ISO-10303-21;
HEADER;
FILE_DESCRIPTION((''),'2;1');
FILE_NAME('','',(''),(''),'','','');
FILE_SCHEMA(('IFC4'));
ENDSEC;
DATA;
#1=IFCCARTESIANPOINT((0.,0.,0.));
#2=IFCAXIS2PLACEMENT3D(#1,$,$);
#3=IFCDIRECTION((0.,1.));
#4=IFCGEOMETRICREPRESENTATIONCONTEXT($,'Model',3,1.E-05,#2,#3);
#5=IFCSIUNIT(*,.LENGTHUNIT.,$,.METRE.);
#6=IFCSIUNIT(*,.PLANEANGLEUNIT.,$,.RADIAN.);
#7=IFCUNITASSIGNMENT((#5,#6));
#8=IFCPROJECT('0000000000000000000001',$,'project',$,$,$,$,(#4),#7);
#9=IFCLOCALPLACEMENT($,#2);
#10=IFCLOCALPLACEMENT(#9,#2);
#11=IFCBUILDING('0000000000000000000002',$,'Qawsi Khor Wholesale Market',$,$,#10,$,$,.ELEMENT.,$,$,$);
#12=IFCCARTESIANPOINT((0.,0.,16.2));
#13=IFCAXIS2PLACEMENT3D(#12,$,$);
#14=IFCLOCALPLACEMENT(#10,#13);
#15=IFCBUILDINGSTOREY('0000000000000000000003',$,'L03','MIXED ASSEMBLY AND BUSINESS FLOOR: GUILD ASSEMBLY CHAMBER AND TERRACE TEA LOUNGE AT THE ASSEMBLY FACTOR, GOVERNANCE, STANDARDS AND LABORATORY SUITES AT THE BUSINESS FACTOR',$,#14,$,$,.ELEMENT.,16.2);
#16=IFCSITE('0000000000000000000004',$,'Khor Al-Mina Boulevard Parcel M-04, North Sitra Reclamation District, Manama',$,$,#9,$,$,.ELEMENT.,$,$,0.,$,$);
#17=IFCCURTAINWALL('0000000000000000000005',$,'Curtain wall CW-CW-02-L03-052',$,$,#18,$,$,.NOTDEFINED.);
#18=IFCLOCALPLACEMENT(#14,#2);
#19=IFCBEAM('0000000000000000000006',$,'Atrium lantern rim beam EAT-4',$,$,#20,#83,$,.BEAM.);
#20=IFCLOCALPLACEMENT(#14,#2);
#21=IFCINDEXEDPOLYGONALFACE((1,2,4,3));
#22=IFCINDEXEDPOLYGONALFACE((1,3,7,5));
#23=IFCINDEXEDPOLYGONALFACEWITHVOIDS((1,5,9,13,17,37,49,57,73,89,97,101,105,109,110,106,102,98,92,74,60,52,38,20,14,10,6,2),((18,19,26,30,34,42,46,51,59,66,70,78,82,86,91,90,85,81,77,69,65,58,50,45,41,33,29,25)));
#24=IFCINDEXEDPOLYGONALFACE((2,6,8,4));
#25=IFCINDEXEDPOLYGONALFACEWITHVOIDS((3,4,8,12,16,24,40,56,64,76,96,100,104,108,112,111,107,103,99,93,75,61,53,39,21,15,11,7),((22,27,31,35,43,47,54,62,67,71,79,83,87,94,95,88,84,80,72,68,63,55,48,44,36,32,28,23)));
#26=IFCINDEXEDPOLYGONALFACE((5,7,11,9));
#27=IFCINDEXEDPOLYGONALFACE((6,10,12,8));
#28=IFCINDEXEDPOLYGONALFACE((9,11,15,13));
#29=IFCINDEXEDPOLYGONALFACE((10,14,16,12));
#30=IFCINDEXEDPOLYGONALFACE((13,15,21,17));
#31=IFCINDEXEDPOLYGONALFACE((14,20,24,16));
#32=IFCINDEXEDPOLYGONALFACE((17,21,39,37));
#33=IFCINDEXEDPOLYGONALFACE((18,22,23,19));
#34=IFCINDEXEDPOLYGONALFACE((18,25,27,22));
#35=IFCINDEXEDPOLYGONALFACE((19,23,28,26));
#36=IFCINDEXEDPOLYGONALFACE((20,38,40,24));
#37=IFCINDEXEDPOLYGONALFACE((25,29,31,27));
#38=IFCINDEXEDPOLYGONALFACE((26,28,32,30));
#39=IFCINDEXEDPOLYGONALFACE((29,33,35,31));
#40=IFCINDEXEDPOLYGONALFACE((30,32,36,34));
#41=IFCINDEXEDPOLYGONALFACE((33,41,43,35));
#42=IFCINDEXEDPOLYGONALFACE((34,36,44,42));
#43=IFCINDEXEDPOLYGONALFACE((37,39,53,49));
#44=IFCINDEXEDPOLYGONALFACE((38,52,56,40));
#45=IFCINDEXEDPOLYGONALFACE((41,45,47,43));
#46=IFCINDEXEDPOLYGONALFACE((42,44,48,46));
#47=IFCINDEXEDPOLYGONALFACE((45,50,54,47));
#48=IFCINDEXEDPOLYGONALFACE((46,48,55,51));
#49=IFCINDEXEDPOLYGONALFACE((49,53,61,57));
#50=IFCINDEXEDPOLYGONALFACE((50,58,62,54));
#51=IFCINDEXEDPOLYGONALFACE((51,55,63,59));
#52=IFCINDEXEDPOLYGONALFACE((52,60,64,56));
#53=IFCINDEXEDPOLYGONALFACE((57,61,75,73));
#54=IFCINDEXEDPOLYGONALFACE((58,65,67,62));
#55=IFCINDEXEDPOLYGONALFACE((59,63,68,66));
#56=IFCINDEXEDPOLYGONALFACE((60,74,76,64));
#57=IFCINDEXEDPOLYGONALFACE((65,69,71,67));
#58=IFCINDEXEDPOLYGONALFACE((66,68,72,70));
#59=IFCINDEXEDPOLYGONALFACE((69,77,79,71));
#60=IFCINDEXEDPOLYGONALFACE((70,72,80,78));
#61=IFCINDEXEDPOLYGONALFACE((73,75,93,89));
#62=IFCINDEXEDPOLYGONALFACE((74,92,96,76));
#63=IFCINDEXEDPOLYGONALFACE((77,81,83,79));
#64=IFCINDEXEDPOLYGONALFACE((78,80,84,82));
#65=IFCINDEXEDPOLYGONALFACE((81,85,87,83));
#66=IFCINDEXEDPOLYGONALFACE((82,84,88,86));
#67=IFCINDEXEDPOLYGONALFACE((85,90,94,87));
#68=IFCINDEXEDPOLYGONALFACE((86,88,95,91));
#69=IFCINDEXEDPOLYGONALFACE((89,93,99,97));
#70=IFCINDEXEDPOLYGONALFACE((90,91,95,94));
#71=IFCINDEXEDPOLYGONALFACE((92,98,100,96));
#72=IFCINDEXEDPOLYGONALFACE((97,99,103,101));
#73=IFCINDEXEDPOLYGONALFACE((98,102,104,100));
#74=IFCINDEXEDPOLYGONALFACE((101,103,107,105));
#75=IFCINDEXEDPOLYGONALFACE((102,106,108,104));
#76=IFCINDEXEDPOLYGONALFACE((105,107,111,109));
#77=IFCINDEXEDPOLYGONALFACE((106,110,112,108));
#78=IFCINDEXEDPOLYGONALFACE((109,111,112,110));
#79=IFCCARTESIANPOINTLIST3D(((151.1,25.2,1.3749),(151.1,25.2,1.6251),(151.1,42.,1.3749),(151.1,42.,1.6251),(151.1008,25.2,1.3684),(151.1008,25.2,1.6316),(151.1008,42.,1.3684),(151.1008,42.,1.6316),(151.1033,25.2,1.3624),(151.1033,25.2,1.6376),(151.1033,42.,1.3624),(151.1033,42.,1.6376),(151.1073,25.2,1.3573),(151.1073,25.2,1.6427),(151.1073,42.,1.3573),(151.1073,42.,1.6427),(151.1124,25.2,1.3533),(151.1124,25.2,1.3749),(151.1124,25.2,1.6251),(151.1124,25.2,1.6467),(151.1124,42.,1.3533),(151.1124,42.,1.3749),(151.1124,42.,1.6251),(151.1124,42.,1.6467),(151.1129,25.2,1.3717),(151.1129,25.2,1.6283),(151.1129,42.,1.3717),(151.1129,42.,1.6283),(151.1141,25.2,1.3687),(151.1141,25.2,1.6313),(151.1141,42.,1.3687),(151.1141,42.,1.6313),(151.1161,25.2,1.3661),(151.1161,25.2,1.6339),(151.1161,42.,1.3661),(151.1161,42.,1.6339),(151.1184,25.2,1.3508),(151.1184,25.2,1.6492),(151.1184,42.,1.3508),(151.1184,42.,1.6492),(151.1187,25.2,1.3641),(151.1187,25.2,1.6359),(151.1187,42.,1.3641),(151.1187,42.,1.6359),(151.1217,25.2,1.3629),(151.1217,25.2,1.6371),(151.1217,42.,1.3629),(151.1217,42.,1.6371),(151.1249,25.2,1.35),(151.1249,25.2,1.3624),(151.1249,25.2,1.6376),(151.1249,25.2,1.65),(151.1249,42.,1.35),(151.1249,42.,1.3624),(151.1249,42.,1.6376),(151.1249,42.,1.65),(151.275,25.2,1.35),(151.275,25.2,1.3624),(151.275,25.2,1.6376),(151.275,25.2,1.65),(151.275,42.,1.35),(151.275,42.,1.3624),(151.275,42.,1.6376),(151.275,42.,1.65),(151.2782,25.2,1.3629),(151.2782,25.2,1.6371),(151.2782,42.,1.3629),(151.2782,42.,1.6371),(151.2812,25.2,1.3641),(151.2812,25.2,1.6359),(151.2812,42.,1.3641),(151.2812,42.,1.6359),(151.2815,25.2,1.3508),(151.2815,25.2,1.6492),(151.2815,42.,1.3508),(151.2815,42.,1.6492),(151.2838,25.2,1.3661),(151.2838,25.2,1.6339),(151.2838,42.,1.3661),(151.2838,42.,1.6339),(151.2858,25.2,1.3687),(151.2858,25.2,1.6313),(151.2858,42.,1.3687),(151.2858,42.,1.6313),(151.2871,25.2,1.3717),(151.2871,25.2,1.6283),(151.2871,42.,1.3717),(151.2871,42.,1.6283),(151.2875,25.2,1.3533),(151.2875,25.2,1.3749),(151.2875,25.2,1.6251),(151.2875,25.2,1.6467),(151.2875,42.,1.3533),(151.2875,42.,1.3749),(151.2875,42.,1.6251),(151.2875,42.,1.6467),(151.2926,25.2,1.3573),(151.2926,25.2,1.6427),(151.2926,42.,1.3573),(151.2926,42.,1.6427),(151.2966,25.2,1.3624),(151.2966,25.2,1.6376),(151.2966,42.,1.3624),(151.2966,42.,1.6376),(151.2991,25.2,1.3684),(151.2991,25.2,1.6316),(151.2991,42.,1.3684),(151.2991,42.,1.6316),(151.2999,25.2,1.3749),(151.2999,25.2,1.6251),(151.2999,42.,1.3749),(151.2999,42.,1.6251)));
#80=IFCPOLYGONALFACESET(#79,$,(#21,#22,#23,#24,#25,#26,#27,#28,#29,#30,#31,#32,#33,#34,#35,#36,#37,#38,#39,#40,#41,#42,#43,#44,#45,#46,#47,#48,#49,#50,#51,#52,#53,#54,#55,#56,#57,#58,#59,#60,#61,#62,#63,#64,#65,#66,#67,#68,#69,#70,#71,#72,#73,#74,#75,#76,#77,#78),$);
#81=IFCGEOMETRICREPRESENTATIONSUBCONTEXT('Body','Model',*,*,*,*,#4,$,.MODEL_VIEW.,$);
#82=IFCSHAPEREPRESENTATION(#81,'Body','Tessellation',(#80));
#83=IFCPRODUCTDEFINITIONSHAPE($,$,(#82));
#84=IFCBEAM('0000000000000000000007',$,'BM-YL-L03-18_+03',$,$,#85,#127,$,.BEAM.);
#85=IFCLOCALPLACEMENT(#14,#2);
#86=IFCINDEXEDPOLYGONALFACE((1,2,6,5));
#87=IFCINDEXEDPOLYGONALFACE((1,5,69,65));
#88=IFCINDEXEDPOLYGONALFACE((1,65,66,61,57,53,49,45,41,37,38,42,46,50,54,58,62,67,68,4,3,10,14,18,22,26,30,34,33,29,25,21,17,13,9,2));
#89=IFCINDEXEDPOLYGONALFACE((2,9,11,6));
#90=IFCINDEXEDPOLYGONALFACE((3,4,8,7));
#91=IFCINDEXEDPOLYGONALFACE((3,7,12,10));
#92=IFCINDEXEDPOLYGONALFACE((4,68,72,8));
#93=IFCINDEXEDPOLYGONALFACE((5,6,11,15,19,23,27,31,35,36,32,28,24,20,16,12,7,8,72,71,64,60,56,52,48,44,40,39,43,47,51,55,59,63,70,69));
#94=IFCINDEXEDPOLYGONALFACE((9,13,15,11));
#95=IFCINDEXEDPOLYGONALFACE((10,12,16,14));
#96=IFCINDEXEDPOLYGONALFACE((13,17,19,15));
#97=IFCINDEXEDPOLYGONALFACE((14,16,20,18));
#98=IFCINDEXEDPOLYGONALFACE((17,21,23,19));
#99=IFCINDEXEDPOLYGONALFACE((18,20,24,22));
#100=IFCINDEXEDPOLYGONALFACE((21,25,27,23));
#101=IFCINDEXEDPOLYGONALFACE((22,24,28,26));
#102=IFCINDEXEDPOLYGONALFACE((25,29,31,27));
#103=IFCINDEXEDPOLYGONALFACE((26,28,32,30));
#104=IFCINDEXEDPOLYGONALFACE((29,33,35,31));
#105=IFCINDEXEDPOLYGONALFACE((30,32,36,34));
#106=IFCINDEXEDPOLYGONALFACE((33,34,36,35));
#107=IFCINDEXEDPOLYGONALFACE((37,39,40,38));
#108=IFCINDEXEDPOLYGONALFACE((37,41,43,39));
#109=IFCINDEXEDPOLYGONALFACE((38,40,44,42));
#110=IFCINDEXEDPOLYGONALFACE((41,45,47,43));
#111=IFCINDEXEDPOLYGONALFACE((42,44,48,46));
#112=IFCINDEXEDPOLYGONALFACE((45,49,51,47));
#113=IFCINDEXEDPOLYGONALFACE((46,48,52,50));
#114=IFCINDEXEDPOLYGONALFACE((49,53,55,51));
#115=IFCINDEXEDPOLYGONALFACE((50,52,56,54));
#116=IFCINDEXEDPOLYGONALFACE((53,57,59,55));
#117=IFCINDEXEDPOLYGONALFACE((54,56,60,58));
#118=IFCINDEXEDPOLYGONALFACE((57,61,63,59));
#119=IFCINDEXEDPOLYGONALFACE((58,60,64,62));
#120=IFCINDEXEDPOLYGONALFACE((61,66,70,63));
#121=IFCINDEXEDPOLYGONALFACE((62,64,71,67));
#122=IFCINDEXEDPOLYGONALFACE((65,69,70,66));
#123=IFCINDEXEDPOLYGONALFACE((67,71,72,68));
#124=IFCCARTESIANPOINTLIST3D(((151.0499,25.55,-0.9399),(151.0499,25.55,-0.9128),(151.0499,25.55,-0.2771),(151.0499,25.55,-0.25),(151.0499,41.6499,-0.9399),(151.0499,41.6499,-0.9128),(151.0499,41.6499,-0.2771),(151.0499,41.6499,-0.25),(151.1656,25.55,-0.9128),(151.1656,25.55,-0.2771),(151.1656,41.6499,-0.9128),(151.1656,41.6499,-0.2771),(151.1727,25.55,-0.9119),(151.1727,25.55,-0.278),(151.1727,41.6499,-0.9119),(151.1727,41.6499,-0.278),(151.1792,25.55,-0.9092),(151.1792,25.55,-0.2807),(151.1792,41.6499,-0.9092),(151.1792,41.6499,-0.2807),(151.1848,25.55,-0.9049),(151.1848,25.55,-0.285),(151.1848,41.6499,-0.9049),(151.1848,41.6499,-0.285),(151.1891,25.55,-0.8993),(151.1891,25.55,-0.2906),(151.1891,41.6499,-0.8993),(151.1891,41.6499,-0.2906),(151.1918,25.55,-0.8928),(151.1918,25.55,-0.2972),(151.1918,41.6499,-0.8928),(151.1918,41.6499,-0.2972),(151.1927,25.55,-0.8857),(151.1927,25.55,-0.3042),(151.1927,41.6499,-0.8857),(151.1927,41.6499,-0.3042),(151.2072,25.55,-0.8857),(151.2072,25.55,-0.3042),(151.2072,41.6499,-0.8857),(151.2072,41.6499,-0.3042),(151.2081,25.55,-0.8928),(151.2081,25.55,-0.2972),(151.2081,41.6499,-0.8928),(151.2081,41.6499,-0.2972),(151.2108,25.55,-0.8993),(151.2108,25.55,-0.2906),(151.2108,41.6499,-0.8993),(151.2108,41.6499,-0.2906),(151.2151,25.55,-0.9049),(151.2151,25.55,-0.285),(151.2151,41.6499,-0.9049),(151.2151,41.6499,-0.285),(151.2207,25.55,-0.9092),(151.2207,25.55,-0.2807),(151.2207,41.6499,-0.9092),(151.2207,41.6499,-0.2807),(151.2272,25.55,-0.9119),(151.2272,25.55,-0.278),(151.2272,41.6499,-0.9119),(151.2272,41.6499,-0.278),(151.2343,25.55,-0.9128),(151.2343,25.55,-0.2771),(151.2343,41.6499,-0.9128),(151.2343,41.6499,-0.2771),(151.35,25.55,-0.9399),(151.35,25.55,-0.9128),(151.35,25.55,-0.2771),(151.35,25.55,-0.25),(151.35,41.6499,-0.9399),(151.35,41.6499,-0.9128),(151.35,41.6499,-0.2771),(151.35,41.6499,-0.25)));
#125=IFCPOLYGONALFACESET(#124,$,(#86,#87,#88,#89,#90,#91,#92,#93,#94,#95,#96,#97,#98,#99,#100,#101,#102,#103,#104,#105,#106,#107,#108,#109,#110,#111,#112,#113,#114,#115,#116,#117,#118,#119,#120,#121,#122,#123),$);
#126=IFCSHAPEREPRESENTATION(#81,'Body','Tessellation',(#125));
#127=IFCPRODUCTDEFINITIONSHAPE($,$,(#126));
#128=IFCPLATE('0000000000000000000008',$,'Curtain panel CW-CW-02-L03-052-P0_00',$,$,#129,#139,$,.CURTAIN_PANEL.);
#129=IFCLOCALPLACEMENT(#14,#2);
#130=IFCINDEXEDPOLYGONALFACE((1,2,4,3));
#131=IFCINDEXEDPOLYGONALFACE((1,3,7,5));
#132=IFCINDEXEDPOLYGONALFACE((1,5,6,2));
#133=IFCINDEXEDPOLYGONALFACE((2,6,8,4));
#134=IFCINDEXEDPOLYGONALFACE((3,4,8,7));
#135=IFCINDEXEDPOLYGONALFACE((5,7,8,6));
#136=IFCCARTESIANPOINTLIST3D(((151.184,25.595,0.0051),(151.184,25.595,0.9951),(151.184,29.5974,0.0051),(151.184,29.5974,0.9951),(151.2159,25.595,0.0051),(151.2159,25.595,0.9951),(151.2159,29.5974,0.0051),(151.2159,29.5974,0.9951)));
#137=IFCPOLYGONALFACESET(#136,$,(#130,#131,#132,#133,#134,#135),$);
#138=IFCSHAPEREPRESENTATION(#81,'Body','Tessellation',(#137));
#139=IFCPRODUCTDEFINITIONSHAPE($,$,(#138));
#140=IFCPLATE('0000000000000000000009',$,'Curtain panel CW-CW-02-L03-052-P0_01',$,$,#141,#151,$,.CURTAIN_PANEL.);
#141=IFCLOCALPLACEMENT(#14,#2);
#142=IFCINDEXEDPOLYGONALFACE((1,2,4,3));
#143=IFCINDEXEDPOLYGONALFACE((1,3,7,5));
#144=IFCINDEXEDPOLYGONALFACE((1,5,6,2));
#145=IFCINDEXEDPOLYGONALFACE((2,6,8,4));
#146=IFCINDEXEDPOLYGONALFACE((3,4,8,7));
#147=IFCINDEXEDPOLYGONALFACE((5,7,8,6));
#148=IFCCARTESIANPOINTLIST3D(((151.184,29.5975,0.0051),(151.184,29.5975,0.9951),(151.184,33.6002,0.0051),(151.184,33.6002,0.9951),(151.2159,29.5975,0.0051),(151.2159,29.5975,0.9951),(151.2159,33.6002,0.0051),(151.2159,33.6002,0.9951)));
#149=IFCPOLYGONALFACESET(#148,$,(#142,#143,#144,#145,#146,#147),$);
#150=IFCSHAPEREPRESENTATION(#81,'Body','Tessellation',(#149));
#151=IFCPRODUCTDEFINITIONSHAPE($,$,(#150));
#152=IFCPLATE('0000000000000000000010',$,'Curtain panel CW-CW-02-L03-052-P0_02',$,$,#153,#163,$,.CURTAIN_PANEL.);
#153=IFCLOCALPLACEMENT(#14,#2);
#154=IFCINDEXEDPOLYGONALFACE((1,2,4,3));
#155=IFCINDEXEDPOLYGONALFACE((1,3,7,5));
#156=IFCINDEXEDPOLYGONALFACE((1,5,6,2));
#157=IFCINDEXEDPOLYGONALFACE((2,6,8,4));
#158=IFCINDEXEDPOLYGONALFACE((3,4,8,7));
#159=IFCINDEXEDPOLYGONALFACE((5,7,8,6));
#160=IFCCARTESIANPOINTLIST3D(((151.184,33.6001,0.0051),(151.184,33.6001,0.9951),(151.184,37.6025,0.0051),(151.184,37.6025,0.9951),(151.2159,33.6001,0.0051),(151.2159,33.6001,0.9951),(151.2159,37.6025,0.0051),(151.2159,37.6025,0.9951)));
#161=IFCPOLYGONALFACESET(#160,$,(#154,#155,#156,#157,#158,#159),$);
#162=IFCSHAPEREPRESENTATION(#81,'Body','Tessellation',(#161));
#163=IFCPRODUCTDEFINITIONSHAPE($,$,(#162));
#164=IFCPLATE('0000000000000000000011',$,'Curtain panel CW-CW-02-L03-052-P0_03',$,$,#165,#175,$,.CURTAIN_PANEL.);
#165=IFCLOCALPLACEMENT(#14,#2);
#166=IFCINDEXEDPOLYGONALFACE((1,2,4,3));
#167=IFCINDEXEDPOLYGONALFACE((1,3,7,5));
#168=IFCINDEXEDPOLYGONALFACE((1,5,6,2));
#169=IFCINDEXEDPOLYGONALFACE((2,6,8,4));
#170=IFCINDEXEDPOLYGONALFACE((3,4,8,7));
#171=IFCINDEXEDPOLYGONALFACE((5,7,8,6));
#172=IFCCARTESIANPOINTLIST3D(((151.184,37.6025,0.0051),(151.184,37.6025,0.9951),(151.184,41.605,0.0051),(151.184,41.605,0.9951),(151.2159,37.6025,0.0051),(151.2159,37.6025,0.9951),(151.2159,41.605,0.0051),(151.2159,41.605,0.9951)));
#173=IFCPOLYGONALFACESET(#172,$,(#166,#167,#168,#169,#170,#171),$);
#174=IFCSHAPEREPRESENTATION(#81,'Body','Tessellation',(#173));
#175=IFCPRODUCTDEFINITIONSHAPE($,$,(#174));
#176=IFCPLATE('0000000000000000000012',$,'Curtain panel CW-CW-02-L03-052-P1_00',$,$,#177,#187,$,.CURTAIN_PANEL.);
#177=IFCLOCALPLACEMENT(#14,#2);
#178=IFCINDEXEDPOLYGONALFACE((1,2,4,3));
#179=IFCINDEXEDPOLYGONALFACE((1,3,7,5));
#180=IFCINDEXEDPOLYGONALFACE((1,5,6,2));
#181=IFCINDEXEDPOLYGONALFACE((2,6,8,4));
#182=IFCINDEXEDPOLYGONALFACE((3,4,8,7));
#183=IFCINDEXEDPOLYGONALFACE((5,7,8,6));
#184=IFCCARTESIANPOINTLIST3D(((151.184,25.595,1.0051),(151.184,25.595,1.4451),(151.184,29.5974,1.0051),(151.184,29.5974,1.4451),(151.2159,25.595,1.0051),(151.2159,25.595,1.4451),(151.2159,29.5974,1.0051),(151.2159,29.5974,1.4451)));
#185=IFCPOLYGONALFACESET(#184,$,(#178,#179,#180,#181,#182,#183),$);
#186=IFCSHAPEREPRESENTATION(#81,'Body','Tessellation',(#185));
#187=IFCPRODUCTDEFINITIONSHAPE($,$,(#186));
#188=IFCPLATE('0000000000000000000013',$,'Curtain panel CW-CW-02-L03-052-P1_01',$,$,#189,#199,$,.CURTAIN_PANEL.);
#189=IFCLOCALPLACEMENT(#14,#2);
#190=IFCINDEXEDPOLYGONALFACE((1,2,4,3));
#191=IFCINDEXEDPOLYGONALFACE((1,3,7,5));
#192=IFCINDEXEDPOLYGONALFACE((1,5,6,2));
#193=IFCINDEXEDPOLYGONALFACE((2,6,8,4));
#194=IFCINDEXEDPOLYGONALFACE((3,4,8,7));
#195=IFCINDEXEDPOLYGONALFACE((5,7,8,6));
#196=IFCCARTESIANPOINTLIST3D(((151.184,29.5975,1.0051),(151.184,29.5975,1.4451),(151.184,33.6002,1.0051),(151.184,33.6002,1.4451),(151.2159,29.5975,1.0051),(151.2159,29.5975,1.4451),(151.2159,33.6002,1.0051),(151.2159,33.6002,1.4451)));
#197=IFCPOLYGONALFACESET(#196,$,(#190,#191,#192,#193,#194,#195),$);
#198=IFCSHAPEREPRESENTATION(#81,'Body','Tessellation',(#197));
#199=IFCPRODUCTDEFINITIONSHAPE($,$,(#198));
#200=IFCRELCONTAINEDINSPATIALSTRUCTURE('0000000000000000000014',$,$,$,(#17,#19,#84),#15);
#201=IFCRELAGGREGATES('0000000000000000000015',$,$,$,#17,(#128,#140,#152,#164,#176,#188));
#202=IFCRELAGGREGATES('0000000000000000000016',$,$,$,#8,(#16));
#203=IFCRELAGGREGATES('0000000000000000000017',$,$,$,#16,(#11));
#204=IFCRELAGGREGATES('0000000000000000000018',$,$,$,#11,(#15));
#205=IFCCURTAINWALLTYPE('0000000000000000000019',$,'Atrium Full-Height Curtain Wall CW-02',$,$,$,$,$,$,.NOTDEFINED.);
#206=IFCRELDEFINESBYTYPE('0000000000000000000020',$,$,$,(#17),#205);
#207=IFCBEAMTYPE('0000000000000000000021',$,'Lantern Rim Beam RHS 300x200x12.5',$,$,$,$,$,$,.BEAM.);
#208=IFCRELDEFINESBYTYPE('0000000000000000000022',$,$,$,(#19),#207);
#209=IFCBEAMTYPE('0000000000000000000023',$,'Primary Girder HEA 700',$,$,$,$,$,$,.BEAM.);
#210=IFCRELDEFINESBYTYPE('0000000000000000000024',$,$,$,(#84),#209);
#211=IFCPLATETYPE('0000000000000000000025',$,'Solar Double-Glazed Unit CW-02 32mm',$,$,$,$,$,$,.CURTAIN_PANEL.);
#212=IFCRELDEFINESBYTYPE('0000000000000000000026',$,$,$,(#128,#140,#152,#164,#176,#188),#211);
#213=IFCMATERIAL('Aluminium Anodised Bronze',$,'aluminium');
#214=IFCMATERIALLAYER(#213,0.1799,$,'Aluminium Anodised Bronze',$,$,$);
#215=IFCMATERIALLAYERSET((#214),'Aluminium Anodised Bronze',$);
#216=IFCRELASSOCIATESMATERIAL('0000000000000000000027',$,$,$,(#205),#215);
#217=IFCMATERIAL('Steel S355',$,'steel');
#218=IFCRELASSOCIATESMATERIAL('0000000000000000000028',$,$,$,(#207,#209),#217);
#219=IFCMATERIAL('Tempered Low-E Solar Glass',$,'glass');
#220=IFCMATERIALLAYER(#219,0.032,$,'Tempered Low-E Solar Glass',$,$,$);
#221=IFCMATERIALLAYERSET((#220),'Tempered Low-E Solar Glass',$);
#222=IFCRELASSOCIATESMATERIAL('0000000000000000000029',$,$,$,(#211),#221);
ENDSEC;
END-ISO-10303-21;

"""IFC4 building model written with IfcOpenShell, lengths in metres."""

from ifc_helpers import new_model, si_unit, direction, frame, frame_2d, origin, origin_2d, place, context, subcontext, project, spatial, rectangle, hollow_rectangle, i_section, extrude, material, layer, layer_set, material_profile, profile_set, type_object, element, aggregate, save


model = new_model("IFC4")

# Units and contexts
model_context = context("Model", 3, precision=1e-05, world=origin(), true_north=direction((0.0, 1.0)))
body_context = subcontext(model_context, "Body", "Model", "MODEL_VIEW")
ifc_project = project(units=[si_unit("LENGTHUNIT", "METRE"), si_unit("PLANEANGLEUNIT", "RADIAN")], contexts=[model_context])

# Site, building, storey
site_placement = place(None, origin())
site = spatial("IfcSite", under=ifc_project, at=site_placement, Name="Khor Al-Mina Boulevard Parcel M-04, North Sitra Reclamation District, Manama", CompositionType="ELEMENT", RefElevation=0.0)
building_placement = place(site_placement, origin())
building = spatial("IfcBuilding", under=site, at=building_placement, Name="Qawsi Khor Wholesale Market", CompositionType="ELEMENT")
storey_placement = place(building_placement, frame((0.0, 0.0, 16.2)))
storey = spatial("IfcBuildingStorey", under=building, at=storey_placement, Name="L03", Description="MIXED ASSEMBLY AND BUSINESS FLOOR: GUILD ASSEMBLY CHAMBER AND TERRACE TEA LOUNGE AT THE ASSEMBLY FACTOR, GOVERNANCE, STANDARDS AND LABORATORY SUITES AT THE BUSINESS FACTOR", CompositionType="ELEMENT", Elevation=16.2)

# Shared definitions
ifc_material_1 = material(Name="Aluminium Anodised Bronze", Category="aluminium")
ifc_layer_1 = layer(ifc_material_1, 0.1799, Name="Aluminium Anodised Bronze")
ifc_layer_set_1 = layer_set([ifc_layer_1], Name="Aluminium Anodised Bronze")
curtain_wall_type = type_object("IfcCurtainWallType", Name="Atrium Full-Height Curtain Wall CW-02", PredefinedType="NOTDEFINED", material=ifc_layer_set_1)

# Curtain wall
curtain_wall_1_placement = place(storey_placement, origin())
curtain_wall_1 = element("IfcCurtainWall", 1, at=curtain_wall_1_placement, inside=storey, type_object=curtain_wall_type, Name="Curtain wall CW-CW-02-L03-052", PredefinedType="NOTDEFINED")

# Shared definitions
ifc_material_2 = material(Name="Steel S355", Category="steel")

# Beams
ifc_material_profile_1 = material_profile(ifc_material_2, hollow_rectangle(XDim=0.2, YDim=0.3, WallThickness=0.0125, InnerFilletRadius=0.0125, OuterFilletRadius=0.0249, at=origin_2d()), Name="RHS 300x200x12.5")
ifc_profile_set_1 = profile_set([ifc_material_profile_1], Name="Steel S355")
beam_type_1 = type_object("IfcBeamType", Name="Lantern Rim Beam RHS 300x200x12.5", PredefinedType="BEAM", material=ifc_profile_set_1)
beam_1_placement = place(storey_placement, frame((151.2, 42.0, 1.5), z_axis=(0.0, -1.0, 0.0), x_axis=(1.0, 0.0, 0.0)))
element("IfcBeam", 2, at=beam_1_placement, inside=storey, type_object=beam_type_1, Name="Atrium lantern rim beam EAT-4", PredefinedType="BEAM", context=body_context, shape_type="SweptSolid", body=[
    extrude(hollow_rectangle(XDim=0.2, YDim=0.3, WallThickness=0.0125, InnerFilletRadius=0.0125, OuterFilletRadius=0.0249, at=origin_2d()), origin(), (0.0, 0.0, 1.0), 16.8),
])
ifc_material_profile_2 = material_profile(ifc_material_2, i_section(OverallWidth=0.3, OverallDepth=0.6899, WebThickness=0.0144, FlangeThickness=0.0271, FilletRadius=0.0271, at=origin_2d()), Name="HEA 700")
ifc_profile_set_2 = profile_set([ifc_material_profile_2], Name="Steel S355")
beam_type_2 = type_object("IfcBeamType", Name="Primary Girder HEA 700", PredefinedType="BEAM", material=ifc_profile_set_2)
beam_2_placement = place(storey_placement, frame((151.2, 25.55, -0.595), z_axis=(0.0, 1.0, 0.0), x_axis=(-1.0, 0.0, 0.0)))
element("IfcBeam", 3, at=beam_2_placement, inside=storey, type_object=beam_type_2, Name="BM-YL-L03-18_+03", PredefinedType="BEAM", context=body_context, shape_type="SweptSolid", body=[
    extrude(i_section(OverallWidth=0.3, OverallDepth=0.6899, WebThickness=0.0144, FlangeThickness=0.0271, FilletRadius=0.0271, at=origin_2d()), origin(), (0.0, 0.0, 1.0), 16.0999),
])

# Plates
ifc_material_3 = material(Name="Tempered Low-E Solar Glass", Category="glass")
ifc_layer_2 = layer(ifc_material_3, 0.032, Name="Tempered Low-E Solar Glass")
ifc_layer_set_2 = layer_set([ifc_layer_2], Name="Tempered Low-E Solar Glass")
plate_type = type_object("IfcPlateType", Name="Solar Double-Glazed Unit CW-02 32mm", PredefinedType="CURTAIN_PANEL", material=ifc_layer_set_2)
plate_1_placement = place(storey_placement, frame((151.2, 25.595, 0.0051), z_axis=(0.0, 0.0, 1.0), x_axis=(0.0, 1.0, 0.0)))
plate_1 = element("IfcPlate", 4, at=plate_1_placement, type_object=plate_type, Name="Curtain panel CW-CW-02-L03-052-P0_00", PredefinedType="CURTAIN_PANEL", context=body_context, shape_type="SweptSolid", body=[
    extrude(rectangle(XDim=4.0024, YDim=0.032, at=frame_2d((2.0012, 0.0))), origin(), (0.0, 0.0, 1.0), 0.99),
])
plate_2_placement = place(storey_placement, frame((151.2, 29.5974, 0.0051), z_axis=(0.0, 0.0, 1.0), x_axis=(0.0, 1.0, 0.0)))
plate_2 = element("IfcPlate", 5, at=plate_2_placement, type_object=plate_type, Name="Curtain panel CW-CW-02-L03-052-P0_01", PredefinedType="CURTAIN_PANEL", context=body_context, shape_type="SweptSolid", body=[
    extrude(rectangle(XDim=4.0027, YDim=0.032, at=frame_2d((2.0015, 0.0))), origin(), (0.0, 0.0, 1.0), 0.99),
])
plate_3_placement = place(storey_placement, frame((151.2, 33.6001, 0.0051), z_axis=(0.0, 0.0, 1.0), x_axis=(0.0, 1.0, 0.0)))
plate_3 = element("IfcPlate", 6, at=plate_3_placement, type_object=plate_type, Name="Curtain panel CW-CW-02-L03-052-P0_02", PredefinedType="CURTAIN_PANEL", context=body_context, shape_type="SweptSolid", body=[
    extrude(rectangle(XDim=4.0024, YDim=0.032, at=frame_2d((2.0012, 0.0))), origin(), (0.0, 0.0, 1.0), 0.99),
])
plate_4_placement = place(storey_placement, frame((151.2, 37.6025, 0.0051), z_axis=(0.0, 0.0, 1.0), x_axis=(0.0, 1.0, 0.0)))
plate_4 = element("IfcPlate", 7, at=plate_4_placement, type_object=plate_type, Name="Curtain panel CW-CW-02-L03-052-P0_03", PredefinedType="CURTAIN_PANEL", context=body_context, shape_type="SweptSolid", body=[
    extrude(rectangle(XDim=4.0024, YDim=0.032, at=frame_2d((2.0012, 0.0))), origin(), (0.0, 0.0, 1.0), 0.99),
])
plate_5_placement = place(storey_placement, frame((151.2, 25.595, 1.0051), z_axis=(0.0, 0.0, 1.0), x_axis=(0.0, 1.0, 0.0)))
plate_5 = element("IfcPlate", 8, at=plate_5_placement, type_object=plate_type, Name="Curtain panel CW-CW-02-L03-052-P1_00", PredefinedType="CURTAIN_PANEL", context=body_context, shape_type="SweptSolid", body=[
    extrude(rectangle(XDim=4.0024, YDim=0.032, at=frame_2d((2.0012, 0.0))), origin(), (0.0, 0.0, 1.0), 0.4399),
])
plate_6_placement = place(storey_placement, frame((151.2, 29.5974, 1.0051), z_axis=(0.0, 0.0, 1.0), x_axis=(0.0, 1.0, 0.0)))
plate_6 = element("IfcPlate", 9, at=plate_6_placement, type_object=plate_type, Name="Curtain panel CW-CW-02-L03-052-P1_01", PredefinedType="CURTAIN_PANEL", context=body_context, shape_type="SweptSolid", body=[
    extrude(rectangle(XDim=4.0027, YDim=0.032, at=frame_2d((2.0015, 0.0))), origin(), (0.0, 0.0, 1.0), 0.4399),
])
aggregate(curtain_wall_1, [plate_1, plate_2, plate_3, plate_4, plate_5, plate_6])

save(model, "model.ifc")
